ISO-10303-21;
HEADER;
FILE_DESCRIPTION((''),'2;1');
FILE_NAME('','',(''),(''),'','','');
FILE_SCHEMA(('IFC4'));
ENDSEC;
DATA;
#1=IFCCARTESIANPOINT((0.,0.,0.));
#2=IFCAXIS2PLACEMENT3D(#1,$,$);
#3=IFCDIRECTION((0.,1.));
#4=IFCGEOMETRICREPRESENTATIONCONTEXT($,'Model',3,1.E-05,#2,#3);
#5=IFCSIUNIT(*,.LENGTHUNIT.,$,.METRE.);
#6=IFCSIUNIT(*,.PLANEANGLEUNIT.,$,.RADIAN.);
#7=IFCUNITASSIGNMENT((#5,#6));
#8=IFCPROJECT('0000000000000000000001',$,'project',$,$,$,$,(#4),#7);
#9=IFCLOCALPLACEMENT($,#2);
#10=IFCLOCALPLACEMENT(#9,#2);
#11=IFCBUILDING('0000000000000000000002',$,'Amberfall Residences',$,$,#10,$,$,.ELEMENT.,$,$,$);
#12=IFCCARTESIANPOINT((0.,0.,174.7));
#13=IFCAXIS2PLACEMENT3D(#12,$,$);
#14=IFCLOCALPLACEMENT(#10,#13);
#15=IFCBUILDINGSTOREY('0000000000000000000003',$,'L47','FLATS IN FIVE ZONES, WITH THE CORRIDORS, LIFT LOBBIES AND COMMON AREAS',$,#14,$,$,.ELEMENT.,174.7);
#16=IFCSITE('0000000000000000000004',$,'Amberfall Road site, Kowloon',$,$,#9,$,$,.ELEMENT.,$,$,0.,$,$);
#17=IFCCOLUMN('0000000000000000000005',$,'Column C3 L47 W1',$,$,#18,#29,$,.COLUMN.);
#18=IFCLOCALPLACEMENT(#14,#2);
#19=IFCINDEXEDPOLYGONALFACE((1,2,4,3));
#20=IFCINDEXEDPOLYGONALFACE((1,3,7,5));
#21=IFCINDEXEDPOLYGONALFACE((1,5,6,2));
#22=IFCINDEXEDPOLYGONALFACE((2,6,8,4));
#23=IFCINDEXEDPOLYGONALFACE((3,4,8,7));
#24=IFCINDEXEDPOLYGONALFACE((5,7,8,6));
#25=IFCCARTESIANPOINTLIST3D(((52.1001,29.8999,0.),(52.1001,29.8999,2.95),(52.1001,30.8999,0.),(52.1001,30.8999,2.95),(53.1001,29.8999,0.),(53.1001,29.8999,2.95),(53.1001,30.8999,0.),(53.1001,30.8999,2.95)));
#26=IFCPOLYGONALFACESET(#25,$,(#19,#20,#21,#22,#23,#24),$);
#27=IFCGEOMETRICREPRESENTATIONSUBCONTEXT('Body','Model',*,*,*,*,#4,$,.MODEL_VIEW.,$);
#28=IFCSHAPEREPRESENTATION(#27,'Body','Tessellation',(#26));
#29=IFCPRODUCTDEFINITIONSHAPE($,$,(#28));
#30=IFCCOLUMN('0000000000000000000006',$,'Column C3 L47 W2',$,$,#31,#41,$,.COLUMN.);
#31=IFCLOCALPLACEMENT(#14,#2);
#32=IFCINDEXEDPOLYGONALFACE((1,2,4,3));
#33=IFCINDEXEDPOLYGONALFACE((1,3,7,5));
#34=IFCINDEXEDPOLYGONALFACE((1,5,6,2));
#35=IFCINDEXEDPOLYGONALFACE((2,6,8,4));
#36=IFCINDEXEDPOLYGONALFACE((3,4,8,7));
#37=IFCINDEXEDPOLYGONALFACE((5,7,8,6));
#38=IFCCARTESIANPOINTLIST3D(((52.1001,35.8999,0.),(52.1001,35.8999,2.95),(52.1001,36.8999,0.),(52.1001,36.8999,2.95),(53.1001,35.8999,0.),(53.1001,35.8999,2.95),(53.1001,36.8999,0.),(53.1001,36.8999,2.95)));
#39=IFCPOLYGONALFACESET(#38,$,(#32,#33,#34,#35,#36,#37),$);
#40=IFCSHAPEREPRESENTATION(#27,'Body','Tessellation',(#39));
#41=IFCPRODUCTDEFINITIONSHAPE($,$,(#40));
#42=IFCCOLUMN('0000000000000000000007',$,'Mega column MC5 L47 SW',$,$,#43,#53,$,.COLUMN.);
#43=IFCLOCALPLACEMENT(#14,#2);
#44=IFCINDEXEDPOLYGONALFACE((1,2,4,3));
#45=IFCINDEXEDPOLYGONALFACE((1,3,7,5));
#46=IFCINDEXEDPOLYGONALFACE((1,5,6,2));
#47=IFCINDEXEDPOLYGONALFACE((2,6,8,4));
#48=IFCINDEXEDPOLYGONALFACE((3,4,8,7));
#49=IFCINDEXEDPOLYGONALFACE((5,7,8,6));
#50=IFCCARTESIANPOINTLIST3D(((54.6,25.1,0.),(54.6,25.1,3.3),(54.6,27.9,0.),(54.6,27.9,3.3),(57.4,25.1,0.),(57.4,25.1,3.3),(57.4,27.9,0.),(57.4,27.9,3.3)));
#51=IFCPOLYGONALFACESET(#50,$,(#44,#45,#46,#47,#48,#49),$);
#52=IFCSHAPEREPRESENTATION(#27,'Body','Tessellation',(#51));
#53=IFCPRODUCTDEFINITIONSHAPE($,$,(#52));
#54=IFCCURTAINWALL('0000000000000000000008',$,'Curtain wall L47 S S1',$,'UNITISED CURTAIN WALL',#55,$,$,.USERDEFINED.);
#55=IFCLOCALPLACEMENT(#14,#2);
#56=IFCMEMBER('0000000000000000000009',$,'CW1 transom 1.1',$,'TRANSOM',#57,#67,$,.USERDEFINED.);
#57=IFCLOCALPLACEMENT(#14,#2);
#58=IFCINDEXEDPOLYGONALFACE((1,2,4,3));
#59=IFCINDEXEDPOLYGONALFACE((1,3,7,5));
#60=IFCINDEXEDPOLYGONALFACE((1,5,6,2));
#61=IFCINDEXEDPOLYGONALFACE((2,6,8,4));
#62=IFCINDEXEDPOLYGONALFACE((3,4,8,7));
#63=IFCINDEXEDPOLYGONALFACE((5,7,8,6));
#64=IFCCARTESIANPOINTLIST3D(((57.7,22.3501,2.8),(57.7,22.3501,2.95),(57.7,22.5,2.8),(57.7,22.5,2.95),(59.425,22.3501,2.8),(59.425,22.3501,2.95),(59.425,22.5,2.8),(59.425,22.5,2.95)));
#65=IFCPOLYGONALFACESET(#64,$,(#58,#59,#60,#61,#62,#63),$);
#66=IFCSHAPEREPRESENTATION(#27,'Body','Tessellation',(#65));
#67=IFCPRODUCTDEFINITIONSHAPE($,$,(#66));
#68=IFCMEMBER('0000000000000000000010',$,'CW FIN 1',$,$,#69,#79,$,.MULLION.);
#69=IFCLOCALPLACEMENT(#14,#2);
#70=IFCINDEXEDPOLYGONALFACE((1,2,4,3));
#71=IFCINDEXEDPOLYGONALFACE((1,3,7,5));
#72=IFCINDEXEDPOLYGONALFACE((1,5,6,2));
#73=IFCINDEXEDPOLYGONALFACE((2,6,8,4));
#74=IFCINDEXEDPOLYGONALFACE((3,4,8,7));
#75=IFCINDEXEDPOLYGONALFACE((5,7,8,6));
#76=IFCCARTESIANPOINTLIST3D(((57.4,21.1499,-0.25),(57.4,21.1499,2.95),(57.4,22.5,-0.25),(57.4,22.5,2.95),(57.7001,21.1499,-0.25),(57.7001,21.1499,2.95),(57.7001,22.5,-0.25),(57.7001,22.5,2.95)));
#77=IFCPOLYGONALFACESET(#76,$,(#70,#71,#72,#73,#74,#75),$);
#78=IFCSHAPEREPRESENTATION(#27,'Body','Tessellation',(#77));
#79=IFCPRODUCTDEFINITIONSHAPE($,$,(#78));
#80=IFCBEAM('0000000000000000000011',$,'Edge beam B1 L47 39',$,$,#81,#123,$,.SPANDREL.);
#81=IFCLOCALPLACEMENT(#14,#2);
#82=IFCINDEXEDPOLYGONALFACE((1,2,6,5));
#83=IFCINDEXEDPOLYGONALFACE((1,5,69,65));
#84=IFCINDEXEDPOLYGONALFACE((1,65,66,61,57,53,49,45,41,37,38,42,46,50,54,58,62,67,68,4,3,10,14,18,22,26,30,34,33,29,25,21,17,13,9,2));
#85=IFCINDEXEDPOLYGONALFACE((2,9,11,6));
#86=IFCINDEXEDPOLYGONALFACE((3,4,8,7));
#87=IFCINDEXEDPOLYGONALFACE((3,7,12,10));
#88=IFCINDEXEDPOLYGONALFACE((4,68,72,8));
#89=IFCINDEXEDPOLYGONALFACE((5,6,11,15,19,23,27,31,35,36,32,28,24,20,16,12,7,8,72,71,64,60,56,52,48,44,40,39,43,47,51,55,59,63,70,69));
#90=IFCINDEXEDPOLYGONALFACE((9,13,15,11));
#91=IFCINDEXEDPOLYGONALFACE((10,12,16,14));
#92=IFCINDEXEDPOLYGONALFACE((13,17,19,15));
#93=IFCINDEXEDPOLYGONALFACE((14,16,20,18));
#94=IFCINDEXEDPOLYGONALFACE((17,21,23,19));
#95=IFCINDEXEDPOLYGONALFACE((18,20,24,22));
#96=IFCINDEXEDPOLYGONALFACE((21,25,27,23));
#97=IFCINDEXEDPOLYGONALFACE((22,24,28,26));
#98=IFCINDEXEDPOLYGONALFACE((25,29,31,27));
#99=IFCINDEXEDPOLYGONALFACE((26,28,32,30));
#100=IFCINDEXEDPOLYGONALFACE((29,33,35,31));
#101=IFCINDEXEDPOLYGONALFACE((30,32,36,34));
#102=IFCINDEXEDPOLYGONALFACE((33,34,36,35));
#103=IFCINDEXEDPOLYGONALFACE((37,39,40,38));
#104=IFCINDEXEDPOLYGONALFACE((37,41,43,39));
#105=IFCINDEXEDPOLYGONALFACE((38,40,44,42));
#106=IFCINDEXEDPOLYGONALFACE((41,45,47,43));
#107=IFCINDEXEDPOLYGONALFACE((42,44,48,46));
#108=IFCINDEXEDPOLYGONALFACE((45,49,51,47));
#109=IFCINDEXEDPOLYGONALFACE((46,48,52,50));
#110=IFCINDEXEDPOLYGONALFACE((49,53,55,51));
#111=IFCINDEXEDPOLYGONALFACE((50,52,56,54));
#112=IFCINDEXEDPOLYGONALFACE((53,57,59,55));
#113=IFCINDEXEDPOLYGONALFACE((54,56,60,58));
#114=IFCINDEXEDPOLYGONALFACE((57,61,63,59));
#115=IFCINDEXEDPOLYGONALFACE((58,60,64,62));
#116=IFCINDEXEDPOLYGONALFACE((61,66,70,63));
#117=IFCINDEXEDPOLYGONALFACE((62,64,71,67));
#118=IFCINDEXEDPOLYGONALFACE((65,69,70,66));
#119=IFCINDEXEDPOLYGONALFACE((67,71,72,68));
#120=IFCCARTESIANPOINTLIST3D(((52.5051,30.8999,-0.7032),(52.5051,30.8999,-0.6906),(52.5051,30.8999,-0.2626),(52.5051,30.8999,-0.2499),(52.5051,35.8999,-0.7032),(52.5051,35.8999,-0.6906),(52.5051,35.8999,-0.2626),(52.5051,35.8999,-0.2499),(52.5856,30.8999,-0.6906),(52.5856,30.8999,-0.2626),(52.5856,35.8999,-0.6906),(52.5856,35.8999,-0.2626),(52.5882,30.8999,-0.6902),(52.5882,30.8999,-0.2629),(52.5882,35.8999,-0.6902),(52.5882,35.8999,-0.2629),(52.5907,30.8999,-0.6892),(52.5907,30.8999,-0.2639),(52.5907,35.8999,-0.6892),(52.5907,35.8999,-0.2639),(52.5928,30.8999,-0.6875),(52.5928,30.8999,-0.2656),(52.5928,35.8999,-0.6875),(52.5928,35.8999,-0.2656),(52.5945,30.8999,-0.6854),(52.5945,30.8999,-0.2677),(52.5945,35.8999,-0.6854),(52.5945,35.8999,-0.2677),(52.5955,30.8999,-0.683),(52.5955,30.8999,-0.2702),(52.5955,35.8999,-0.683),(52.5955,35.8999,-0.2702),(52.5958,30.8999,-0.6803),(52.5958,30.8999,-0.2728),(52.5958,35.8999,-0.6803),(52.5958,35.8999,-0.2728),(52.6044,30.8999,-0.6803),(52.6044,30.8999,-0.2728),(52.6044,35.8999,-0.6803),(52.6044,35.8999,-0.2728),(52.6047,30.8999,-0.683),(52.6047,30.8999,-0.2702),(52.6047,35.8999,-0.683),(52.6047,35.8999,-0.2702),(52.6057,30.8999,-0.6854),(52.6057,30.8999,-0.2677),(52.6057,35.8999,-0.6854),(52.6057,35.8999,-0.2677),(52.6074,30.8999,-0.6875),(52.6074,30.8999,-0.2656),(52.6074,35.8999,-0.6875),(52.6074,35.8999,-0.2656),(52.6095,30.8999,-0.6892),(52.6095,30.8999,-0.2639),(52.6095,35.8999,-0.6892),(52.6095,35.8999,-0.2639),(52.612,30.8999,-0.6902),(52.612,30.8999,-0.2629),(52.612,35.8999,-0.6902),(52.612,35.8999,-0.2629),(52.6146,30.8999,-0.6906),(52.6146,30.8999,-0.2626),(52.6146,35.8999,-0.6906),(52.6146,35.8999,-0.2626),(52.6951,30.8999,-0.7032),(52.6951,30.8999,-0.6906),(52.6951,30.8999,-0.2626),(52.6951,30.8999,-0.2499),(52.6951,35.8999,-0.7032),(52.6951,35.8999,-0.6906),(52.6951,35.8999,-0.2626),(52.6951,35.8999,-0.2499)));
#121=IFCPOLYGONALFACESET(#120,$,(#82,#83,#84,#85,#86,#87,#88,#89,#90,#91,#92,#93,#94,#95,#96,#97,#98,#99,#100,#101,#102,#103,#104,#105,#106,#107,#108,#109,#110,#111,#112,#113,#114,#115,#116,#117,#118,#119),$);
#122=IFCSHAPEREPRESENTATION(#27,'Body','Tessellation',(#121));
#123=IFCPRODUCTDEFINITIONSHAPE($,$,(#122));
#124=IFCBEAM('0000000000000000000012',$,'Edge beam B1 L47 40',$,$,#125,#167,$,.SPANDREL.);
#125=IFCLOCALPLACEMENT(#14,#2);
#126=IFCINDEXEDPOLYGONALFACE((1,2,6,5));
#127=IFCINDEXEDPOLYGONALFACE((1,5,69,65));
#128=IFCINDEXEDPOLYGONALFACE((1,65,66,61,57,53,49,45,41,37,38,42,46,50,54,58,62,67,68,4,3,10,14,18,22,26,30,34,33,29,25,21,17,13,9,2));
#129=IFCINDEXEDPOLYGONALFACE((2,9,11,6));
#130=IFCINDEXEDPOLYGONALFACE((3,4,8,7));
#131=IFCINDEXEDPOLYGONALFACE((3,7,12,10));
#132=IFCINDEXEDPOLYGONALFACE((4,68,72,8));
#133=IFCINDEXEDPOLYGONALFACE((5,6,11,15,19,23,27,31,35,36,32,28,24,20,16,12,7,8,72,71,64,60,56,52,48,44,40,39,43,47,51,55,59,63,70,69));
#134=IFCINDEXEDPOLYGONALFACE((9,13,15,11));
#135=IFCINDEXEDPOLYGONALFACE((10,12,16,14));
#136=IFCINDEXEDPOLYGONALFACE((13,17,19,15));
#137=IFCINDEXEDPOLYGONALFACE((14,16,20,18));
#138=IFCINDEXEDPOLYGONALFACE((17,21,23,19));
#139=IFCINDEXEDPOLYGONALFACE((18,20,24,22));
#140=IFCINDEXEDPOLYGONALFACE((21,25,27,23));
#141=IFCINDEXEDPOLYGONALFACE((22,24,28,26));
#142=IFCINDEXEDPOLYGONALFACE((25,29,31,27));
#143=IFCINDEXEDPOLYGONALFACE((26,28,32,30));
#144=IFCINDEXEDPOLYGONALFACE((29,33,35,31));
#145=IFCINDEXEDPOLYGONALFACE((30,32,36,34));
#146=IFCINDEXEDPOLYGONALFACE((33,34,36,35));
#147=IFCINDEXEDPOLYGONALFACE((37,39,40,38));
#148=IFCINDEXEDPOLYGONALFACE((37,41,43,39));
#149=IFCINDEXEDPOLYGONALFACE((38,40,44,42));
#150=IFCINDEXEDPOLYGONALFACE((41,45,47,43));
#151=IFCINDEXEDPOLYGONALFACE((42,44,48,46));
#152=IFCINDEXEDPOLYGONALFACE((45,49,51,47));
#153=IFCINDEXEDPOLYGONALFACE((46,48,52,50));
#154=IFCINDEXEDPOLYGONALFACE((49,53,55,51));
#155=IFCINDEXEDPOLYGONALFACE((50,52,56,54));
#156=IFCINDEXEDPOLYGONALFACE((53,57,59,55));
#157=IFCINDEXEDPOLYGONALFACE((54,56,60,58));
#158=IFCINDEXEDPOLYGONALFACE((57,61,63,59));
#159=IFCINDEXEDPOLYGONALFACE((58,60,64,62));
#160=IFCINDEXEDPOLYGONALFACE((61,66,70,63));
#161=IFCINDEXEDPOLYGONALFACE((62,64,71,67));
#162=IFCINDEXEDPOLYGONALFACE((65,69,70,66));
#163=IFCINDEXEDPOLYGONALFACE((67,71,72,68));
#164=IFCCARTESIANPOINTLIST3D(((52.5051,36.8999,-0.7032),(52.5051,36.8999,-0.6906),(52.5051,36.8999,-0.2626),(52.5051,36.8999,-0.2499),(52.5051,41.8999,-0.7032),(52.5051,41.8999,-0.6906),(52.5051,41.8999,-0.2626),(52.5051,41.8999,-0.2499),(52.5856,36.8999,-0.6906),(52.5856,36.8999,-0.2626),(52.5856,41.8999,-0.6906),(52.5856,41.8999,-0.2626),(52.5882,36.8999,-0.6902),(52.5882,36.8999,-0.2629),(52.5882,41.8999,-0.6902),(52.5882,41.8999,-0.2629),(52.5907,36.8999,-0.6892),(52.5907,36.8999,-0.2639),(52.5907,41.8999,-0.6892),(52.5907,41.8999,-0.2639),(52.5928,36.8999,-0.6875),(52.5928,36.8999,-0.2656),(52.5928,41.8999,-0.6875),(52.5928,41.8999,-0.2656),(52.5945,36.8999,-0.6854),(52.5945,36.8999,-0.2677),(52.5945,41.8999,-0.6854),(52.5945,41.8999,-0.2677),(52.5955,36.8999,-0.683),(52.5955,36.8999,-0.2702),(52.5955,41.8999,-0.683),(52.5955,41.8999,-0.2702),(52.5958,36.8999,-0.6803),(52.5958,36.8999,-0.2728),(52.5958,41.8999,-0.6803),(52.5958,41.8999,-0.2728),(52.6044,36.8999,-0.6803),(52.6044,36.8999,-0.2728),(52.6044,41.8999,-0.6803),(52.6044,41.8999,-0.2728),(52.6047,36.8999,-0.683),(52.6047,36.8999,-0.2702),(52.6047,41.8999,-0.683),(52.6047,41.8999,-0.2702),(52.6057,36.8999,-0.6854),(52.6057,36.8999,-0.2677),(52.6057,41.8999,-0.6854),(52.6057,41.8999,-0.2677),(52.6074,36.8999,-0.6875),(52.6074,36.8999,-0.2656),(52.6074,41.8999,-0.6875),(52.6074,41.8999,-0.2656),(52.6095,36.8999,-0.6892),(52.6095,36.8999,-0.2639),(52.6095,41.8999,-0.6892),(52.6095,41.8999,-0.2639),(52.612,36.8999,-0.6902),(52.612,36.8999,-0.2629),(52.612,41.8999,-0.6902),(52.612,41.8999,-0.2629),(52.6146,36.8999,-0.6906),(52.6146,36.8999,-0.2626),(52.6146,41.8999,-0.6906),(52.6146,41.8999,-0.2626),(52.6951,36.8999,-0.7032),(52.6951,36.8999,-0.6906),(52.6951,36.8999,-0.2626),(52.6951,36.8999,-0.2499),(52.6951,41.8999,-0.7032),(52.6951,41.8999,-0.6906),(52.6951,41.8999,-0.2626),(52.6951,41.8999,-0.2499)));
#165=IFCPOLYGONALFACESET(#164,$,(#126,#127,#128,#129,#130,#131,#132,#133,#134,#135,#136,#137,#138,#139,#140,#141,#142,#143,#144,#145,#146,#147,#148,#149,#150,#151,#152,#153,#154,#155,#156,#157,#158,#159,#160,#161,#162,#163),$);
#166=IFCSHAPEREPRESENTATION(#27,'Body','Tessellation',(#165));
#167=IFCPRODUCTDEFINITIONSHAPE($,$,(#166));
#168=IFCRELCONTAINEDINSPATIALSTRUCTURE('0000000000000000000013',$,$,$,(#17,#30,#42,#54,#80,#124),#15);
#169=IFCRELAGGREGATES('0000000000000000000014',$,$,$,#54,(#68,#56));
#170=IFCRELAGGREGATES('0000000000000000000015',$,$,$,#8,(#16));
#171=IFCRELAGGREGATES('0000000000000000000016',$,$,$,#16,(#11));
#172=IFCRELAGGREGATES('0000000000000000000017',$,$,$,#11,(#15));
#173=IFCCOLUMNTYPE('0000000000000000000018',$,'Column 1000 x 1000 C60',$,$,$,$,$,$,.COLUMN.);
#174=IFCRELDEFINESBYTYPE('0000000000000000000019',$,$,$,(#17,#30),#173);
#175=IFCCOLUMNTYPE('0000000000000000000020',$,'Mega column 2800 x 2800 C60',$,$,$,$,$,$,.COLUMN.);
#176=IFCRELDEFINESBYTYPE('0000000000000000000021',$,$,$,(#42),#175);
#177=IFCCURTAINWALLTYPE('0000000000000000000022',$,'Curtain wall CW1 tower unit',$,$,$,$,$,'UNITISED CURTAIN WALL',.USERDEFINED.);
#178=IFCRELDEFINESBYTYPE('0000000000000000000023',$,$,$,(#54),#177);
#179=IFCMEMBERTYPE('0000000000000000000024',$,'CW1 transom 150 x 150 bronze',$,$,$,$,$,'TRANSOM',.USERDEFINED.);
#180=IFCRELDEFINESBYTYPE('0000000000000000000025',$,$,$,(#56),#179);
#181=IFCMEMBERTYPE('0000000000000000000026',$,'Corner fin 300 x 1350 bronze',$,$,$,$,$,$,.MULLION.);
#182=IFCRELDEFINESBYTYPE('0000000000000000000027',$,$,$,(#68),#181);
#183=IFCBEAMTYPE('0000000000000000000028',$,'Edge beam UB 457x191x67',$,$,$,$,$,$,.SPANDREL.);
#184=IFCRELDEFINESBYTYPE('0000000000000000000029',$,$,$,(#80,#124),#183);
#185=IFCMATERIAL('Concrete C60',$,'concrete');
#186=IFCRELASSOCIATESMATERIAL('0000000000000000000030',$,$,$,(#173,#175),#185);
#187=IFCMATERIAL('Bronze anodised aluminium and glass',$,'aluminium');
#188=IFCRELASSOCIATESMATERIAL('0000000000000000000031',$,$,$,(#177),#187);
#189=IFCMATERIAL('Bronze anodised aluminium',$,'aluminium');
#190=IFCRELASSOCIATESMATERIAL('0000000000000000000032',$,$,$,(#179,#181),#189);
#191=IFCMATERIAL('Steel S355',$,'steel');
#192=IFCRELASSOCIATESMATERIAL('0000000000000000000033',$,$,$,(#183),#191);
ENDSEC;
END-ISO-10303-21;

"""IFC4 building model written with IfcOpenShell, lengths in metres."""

from ifc_helpers import new_model, si_unit, direction, frame, origin, origin_2d, place, context, subcontext, project, spatial, rectangle, i_section, extrude, material, material_profile, profile_set, type_object, element, aggregate, save


model = new_model("IFC4")

# Units and contexts
model_context = context("Model", 3, precision=1e-05, world=origin(), true_north=direction((0.0, 1.0)))
body_context = subcontext(model_context, "Body", "Model", "MODEL_VIEW")
ifc_project = project(units=[si_unit("LENGTHUNIT", "METRE"), si_unit("PLANEANGLEUNIT", "RADIAN")], contexts=[model_context])

# Site, building, storey
site_placement = place(None, origin())
site = spatial("IfcSite", under=ifc_project, at=site_placement, Name="Amberfall Road site, Kowloon", CompositionType="ELEMENT", RefElevation=0.0)
building_placement = place(site_placement, origin())
building = spatial("IfcBuilding", under=site, at=building_placement, Name="Amberfall Residences", CompositionType="ELEMENT")
storey_placement = place(building_placement, frame((0.0, 0.0, 174.7)))
storey = spatial("IfcBuildingStorey", under=building, at=storey_placement, Name="L47", Description="FLATS IN FIVE ZONES, WITH THE CORRIDORS, LIFT LOBBIES AND COMMON AREAS", CompositionType="ELEMENT", Elevation=174.7)

# Columns
ifc_material_1 = material(Name="Concrete C60", Category="concrete")
ifc_material_profile_1 = material_profile(ifc_material_1, rectangle(XDim=1.0, YDim=1.0, at=origin_2d()), Name="Column 1000 x 1000 C60")
ifc_profile_set_1 = profile_set([ifc_material_profile_1], Name="Concrete C60")
column_type_1 = type_object("IfcColumnType", Name="Column 1000 x 1000 C60", PredefinedType="COLUMN", material=ifc_profile_set_1)
for number, where, z_axis, x_axis, name in (
    (1, (52.6001, 30.3999, 0.0), (0.0, 0.0, 1.0), (1.0, 0.0, 0.0), "Column C3 L47 W1"),
    (2, (52.6001, 36.3999, 0.0), (0.0, 0.0, 1.0), (1.0, 0.0, 0.0), "Column C3 L47 W2"),
):
    element("IfcColumn", number, at=place(storey_placement, frame(where, z_axis=z_axis, x_axis=x_axis)), inside=storey, type_object=column_type_1, Name=name, PredefinedType="COLUMN", context=body_context, shape_type="SweptSolid", body=[
        extrude(rectangle(XDim=1.0, YDim=1.0, at=origin_2d()), origin(), (0.0, 0.0, 1.0), 2.95),
    ])
ifc_material_profile_2 = material_profile(ifc_material_1, rectangle(XDim=2.8, YDim=2.8, at=origin_2d()), Name="Mega column 2800 x 2800 C60")
ifc_profile_set_2 = profile_set([ifc_material_profile_2], Name="Concrete C60")
column_type_2 = type_object("IfcColumnType", Name="Mega column 2800 x 2800 C60", PredefinedType="COLUMN", material=ifc_profile_set_2)
column_placement = place(storey_placement, frame((56.0, 26.5, 0.0), z_axis=(0.0, 0.0, 1.0), x_axis=(1.0, 0.0, 0.0)))
element("IfcColumn", 3, at=column_placement, inside=storey, type_object=column_type_2, Name="Mega column MC5 L47 SW", PredefinedType="COLUMN", context=body_context, shape_type="SweptSolid", body=[
    extrude(rectangle(XDim=2.8, YDim=2.8, at=origin_2d()), origin(), (0.0, 0.0, 1.0), 3.3),
])

# Curtain wall, members
ifc_material_2 = material(Name="Bronze anodised aluminium and glass", Category="aluminium")
curtain_wall_type = type_object("IfcCurtainWallType", Name="Curtain wall CW1 tower unit", ElementType="UNITISED CURTAIN WALL", PredefinedType="USERDEFINED", material=ifc_material_2)
curtain_wall_placement = place(storey_placement, origin())
curtain_wall = element("IfcCurtainWall", 4, at=curtain_wall_placement, inside=storey, type_object=curtain_wall_type, Name="Curtain wall L47 S S1", ObjectType="UNITISED CURTAIN WALL", PredefinedType="USERDEFINED")
ifc_material_3 = material(Name="Bronze anodised aluminium", Category="aluminium")
ifc_material_profile_3 = material_profile(ifc_material_3, rectangle(XDim=0.1499, YDim=0.1499, at=origin_2d()), Name="CW1 transom 150 x 150 bronze")
ifc_profile_set_3 = profile_set([ifc_material_profile_3], Name="Bronze anodised aluminium")
member_type_1 = type_object("IfcMemberType", Name="CW1 transom 150 x 150 bronze", ElementType="TRANSOM", PredefinedType="USERDEFINED", material=ifc_profile_set_3)
member_1_placement = place(storey_placement, frame((57.7, 22.425, 2.875), z_axis=(1.0, 0.0, 0.0), x_axis=(0.0, 1.0, 0.0)))
member_1 = element("IfcMember", 5, at=member_1_placement, type_object=member_type_1, Name="CW1 transom 1.1", ObjectType="TRANSOM", PredefinedType="USERDEFINED", context=body_context, shape_type="SweptSolid", body=[
    extrude(rectangle(XDim=0.1499, YDim=0.1499, at=origin_2d()), origin(), (0.0, 0.0, 1.0), 1.7251),
])
ifc_material_profile_4 = material_profile(ifc_material_3, rectangle(XDim=1.3501, YDim=0.3, at=origin_2d()), Name="Corner fin 300 x 1350 bronze")
ifc_profile_set_4 = profile_set([ifc_material_profile_4], Name="Bronze anodised aluminium")
member_type_2 = type_object("IfcMemberType", Name="Corner fin 300 x 1350 bronze", PredefinedType="MULLION", material=ifc_profile_set_4)
member_2_placement = place(storey_placement, frame((57.55, 21.825, -0.25), z_axis=(0.0, 0.0, 1.0), x_axis=(0.0, 1.0, 0.0)))
member_2 = element("IfcMember", 6, at=member_2_placement, type_object=member_type_2, Name="CW FIN 1", PredefinedType="MULLION", context=body_context, shape_type="SweptSolid", body=[
    extrude(rectangle(XDim=1.3501, YDim=0.3, at=origin_2d()), origin(), (0.0, 0.0, 1.0), 3.2),
])
aggregate(curtain_wall, [member_2, member_1])

# Beams
ifc_material_4 = material(Name="Steel S355", Category="steel")
ifc_material_profile_5 = material_profile(ifc_material_4, i_section(OverallWidth=0.1899, OverallDepth=0.4534, WebThickness=0.0085, FlangeThickness=0.0127, FilletRadius=0.0103, at=origin_2d()), Name="UB 457x191x67")
ifc_profile_set_5 = profile_set([ifc_material_profile_5], Name="Steel S355")
beam_type_1 = type_object("IfcBeamType", Name="Edge beam UB 457x191x67", PredefinedType="SPANDREL", material=ifc_profile_set_5)
for number, where, z_axis, x_axis, name in (
    (7, (52.6001, 30.8999, -0.4766), (0.0, 1.0, 0.0), (-1.0, 0.0, 0.0), "Edge beam B1 L47 39"),
    (8, (52.6001, 36.8999, -0.4766), (0.0, 1.0, 0.0), (-1.0, 0.0, 0.0), "Edge beam B1 L47 40"),
):
    element("IfcBeam", number, at=place(storey_placement, frame(where, z_axis=z_axis, x_axis=x_axis)), inside=storey, type_object=beam_type_1, Name=name, PredefinedType="SPANDREL", context=body_context, shape_type="SweptSolid", body=[
        extrude(i_section(OverallWidth=0.1899, OverallDepth=0.4534, WebThickness=0.0085, FlangeThickness=0.0127, FilletRadius=0.0103, at=origin_2d()), origin(), (0.0, 0.0, 1.0), 5.0),
    ])

save(model, "model.ifc")
